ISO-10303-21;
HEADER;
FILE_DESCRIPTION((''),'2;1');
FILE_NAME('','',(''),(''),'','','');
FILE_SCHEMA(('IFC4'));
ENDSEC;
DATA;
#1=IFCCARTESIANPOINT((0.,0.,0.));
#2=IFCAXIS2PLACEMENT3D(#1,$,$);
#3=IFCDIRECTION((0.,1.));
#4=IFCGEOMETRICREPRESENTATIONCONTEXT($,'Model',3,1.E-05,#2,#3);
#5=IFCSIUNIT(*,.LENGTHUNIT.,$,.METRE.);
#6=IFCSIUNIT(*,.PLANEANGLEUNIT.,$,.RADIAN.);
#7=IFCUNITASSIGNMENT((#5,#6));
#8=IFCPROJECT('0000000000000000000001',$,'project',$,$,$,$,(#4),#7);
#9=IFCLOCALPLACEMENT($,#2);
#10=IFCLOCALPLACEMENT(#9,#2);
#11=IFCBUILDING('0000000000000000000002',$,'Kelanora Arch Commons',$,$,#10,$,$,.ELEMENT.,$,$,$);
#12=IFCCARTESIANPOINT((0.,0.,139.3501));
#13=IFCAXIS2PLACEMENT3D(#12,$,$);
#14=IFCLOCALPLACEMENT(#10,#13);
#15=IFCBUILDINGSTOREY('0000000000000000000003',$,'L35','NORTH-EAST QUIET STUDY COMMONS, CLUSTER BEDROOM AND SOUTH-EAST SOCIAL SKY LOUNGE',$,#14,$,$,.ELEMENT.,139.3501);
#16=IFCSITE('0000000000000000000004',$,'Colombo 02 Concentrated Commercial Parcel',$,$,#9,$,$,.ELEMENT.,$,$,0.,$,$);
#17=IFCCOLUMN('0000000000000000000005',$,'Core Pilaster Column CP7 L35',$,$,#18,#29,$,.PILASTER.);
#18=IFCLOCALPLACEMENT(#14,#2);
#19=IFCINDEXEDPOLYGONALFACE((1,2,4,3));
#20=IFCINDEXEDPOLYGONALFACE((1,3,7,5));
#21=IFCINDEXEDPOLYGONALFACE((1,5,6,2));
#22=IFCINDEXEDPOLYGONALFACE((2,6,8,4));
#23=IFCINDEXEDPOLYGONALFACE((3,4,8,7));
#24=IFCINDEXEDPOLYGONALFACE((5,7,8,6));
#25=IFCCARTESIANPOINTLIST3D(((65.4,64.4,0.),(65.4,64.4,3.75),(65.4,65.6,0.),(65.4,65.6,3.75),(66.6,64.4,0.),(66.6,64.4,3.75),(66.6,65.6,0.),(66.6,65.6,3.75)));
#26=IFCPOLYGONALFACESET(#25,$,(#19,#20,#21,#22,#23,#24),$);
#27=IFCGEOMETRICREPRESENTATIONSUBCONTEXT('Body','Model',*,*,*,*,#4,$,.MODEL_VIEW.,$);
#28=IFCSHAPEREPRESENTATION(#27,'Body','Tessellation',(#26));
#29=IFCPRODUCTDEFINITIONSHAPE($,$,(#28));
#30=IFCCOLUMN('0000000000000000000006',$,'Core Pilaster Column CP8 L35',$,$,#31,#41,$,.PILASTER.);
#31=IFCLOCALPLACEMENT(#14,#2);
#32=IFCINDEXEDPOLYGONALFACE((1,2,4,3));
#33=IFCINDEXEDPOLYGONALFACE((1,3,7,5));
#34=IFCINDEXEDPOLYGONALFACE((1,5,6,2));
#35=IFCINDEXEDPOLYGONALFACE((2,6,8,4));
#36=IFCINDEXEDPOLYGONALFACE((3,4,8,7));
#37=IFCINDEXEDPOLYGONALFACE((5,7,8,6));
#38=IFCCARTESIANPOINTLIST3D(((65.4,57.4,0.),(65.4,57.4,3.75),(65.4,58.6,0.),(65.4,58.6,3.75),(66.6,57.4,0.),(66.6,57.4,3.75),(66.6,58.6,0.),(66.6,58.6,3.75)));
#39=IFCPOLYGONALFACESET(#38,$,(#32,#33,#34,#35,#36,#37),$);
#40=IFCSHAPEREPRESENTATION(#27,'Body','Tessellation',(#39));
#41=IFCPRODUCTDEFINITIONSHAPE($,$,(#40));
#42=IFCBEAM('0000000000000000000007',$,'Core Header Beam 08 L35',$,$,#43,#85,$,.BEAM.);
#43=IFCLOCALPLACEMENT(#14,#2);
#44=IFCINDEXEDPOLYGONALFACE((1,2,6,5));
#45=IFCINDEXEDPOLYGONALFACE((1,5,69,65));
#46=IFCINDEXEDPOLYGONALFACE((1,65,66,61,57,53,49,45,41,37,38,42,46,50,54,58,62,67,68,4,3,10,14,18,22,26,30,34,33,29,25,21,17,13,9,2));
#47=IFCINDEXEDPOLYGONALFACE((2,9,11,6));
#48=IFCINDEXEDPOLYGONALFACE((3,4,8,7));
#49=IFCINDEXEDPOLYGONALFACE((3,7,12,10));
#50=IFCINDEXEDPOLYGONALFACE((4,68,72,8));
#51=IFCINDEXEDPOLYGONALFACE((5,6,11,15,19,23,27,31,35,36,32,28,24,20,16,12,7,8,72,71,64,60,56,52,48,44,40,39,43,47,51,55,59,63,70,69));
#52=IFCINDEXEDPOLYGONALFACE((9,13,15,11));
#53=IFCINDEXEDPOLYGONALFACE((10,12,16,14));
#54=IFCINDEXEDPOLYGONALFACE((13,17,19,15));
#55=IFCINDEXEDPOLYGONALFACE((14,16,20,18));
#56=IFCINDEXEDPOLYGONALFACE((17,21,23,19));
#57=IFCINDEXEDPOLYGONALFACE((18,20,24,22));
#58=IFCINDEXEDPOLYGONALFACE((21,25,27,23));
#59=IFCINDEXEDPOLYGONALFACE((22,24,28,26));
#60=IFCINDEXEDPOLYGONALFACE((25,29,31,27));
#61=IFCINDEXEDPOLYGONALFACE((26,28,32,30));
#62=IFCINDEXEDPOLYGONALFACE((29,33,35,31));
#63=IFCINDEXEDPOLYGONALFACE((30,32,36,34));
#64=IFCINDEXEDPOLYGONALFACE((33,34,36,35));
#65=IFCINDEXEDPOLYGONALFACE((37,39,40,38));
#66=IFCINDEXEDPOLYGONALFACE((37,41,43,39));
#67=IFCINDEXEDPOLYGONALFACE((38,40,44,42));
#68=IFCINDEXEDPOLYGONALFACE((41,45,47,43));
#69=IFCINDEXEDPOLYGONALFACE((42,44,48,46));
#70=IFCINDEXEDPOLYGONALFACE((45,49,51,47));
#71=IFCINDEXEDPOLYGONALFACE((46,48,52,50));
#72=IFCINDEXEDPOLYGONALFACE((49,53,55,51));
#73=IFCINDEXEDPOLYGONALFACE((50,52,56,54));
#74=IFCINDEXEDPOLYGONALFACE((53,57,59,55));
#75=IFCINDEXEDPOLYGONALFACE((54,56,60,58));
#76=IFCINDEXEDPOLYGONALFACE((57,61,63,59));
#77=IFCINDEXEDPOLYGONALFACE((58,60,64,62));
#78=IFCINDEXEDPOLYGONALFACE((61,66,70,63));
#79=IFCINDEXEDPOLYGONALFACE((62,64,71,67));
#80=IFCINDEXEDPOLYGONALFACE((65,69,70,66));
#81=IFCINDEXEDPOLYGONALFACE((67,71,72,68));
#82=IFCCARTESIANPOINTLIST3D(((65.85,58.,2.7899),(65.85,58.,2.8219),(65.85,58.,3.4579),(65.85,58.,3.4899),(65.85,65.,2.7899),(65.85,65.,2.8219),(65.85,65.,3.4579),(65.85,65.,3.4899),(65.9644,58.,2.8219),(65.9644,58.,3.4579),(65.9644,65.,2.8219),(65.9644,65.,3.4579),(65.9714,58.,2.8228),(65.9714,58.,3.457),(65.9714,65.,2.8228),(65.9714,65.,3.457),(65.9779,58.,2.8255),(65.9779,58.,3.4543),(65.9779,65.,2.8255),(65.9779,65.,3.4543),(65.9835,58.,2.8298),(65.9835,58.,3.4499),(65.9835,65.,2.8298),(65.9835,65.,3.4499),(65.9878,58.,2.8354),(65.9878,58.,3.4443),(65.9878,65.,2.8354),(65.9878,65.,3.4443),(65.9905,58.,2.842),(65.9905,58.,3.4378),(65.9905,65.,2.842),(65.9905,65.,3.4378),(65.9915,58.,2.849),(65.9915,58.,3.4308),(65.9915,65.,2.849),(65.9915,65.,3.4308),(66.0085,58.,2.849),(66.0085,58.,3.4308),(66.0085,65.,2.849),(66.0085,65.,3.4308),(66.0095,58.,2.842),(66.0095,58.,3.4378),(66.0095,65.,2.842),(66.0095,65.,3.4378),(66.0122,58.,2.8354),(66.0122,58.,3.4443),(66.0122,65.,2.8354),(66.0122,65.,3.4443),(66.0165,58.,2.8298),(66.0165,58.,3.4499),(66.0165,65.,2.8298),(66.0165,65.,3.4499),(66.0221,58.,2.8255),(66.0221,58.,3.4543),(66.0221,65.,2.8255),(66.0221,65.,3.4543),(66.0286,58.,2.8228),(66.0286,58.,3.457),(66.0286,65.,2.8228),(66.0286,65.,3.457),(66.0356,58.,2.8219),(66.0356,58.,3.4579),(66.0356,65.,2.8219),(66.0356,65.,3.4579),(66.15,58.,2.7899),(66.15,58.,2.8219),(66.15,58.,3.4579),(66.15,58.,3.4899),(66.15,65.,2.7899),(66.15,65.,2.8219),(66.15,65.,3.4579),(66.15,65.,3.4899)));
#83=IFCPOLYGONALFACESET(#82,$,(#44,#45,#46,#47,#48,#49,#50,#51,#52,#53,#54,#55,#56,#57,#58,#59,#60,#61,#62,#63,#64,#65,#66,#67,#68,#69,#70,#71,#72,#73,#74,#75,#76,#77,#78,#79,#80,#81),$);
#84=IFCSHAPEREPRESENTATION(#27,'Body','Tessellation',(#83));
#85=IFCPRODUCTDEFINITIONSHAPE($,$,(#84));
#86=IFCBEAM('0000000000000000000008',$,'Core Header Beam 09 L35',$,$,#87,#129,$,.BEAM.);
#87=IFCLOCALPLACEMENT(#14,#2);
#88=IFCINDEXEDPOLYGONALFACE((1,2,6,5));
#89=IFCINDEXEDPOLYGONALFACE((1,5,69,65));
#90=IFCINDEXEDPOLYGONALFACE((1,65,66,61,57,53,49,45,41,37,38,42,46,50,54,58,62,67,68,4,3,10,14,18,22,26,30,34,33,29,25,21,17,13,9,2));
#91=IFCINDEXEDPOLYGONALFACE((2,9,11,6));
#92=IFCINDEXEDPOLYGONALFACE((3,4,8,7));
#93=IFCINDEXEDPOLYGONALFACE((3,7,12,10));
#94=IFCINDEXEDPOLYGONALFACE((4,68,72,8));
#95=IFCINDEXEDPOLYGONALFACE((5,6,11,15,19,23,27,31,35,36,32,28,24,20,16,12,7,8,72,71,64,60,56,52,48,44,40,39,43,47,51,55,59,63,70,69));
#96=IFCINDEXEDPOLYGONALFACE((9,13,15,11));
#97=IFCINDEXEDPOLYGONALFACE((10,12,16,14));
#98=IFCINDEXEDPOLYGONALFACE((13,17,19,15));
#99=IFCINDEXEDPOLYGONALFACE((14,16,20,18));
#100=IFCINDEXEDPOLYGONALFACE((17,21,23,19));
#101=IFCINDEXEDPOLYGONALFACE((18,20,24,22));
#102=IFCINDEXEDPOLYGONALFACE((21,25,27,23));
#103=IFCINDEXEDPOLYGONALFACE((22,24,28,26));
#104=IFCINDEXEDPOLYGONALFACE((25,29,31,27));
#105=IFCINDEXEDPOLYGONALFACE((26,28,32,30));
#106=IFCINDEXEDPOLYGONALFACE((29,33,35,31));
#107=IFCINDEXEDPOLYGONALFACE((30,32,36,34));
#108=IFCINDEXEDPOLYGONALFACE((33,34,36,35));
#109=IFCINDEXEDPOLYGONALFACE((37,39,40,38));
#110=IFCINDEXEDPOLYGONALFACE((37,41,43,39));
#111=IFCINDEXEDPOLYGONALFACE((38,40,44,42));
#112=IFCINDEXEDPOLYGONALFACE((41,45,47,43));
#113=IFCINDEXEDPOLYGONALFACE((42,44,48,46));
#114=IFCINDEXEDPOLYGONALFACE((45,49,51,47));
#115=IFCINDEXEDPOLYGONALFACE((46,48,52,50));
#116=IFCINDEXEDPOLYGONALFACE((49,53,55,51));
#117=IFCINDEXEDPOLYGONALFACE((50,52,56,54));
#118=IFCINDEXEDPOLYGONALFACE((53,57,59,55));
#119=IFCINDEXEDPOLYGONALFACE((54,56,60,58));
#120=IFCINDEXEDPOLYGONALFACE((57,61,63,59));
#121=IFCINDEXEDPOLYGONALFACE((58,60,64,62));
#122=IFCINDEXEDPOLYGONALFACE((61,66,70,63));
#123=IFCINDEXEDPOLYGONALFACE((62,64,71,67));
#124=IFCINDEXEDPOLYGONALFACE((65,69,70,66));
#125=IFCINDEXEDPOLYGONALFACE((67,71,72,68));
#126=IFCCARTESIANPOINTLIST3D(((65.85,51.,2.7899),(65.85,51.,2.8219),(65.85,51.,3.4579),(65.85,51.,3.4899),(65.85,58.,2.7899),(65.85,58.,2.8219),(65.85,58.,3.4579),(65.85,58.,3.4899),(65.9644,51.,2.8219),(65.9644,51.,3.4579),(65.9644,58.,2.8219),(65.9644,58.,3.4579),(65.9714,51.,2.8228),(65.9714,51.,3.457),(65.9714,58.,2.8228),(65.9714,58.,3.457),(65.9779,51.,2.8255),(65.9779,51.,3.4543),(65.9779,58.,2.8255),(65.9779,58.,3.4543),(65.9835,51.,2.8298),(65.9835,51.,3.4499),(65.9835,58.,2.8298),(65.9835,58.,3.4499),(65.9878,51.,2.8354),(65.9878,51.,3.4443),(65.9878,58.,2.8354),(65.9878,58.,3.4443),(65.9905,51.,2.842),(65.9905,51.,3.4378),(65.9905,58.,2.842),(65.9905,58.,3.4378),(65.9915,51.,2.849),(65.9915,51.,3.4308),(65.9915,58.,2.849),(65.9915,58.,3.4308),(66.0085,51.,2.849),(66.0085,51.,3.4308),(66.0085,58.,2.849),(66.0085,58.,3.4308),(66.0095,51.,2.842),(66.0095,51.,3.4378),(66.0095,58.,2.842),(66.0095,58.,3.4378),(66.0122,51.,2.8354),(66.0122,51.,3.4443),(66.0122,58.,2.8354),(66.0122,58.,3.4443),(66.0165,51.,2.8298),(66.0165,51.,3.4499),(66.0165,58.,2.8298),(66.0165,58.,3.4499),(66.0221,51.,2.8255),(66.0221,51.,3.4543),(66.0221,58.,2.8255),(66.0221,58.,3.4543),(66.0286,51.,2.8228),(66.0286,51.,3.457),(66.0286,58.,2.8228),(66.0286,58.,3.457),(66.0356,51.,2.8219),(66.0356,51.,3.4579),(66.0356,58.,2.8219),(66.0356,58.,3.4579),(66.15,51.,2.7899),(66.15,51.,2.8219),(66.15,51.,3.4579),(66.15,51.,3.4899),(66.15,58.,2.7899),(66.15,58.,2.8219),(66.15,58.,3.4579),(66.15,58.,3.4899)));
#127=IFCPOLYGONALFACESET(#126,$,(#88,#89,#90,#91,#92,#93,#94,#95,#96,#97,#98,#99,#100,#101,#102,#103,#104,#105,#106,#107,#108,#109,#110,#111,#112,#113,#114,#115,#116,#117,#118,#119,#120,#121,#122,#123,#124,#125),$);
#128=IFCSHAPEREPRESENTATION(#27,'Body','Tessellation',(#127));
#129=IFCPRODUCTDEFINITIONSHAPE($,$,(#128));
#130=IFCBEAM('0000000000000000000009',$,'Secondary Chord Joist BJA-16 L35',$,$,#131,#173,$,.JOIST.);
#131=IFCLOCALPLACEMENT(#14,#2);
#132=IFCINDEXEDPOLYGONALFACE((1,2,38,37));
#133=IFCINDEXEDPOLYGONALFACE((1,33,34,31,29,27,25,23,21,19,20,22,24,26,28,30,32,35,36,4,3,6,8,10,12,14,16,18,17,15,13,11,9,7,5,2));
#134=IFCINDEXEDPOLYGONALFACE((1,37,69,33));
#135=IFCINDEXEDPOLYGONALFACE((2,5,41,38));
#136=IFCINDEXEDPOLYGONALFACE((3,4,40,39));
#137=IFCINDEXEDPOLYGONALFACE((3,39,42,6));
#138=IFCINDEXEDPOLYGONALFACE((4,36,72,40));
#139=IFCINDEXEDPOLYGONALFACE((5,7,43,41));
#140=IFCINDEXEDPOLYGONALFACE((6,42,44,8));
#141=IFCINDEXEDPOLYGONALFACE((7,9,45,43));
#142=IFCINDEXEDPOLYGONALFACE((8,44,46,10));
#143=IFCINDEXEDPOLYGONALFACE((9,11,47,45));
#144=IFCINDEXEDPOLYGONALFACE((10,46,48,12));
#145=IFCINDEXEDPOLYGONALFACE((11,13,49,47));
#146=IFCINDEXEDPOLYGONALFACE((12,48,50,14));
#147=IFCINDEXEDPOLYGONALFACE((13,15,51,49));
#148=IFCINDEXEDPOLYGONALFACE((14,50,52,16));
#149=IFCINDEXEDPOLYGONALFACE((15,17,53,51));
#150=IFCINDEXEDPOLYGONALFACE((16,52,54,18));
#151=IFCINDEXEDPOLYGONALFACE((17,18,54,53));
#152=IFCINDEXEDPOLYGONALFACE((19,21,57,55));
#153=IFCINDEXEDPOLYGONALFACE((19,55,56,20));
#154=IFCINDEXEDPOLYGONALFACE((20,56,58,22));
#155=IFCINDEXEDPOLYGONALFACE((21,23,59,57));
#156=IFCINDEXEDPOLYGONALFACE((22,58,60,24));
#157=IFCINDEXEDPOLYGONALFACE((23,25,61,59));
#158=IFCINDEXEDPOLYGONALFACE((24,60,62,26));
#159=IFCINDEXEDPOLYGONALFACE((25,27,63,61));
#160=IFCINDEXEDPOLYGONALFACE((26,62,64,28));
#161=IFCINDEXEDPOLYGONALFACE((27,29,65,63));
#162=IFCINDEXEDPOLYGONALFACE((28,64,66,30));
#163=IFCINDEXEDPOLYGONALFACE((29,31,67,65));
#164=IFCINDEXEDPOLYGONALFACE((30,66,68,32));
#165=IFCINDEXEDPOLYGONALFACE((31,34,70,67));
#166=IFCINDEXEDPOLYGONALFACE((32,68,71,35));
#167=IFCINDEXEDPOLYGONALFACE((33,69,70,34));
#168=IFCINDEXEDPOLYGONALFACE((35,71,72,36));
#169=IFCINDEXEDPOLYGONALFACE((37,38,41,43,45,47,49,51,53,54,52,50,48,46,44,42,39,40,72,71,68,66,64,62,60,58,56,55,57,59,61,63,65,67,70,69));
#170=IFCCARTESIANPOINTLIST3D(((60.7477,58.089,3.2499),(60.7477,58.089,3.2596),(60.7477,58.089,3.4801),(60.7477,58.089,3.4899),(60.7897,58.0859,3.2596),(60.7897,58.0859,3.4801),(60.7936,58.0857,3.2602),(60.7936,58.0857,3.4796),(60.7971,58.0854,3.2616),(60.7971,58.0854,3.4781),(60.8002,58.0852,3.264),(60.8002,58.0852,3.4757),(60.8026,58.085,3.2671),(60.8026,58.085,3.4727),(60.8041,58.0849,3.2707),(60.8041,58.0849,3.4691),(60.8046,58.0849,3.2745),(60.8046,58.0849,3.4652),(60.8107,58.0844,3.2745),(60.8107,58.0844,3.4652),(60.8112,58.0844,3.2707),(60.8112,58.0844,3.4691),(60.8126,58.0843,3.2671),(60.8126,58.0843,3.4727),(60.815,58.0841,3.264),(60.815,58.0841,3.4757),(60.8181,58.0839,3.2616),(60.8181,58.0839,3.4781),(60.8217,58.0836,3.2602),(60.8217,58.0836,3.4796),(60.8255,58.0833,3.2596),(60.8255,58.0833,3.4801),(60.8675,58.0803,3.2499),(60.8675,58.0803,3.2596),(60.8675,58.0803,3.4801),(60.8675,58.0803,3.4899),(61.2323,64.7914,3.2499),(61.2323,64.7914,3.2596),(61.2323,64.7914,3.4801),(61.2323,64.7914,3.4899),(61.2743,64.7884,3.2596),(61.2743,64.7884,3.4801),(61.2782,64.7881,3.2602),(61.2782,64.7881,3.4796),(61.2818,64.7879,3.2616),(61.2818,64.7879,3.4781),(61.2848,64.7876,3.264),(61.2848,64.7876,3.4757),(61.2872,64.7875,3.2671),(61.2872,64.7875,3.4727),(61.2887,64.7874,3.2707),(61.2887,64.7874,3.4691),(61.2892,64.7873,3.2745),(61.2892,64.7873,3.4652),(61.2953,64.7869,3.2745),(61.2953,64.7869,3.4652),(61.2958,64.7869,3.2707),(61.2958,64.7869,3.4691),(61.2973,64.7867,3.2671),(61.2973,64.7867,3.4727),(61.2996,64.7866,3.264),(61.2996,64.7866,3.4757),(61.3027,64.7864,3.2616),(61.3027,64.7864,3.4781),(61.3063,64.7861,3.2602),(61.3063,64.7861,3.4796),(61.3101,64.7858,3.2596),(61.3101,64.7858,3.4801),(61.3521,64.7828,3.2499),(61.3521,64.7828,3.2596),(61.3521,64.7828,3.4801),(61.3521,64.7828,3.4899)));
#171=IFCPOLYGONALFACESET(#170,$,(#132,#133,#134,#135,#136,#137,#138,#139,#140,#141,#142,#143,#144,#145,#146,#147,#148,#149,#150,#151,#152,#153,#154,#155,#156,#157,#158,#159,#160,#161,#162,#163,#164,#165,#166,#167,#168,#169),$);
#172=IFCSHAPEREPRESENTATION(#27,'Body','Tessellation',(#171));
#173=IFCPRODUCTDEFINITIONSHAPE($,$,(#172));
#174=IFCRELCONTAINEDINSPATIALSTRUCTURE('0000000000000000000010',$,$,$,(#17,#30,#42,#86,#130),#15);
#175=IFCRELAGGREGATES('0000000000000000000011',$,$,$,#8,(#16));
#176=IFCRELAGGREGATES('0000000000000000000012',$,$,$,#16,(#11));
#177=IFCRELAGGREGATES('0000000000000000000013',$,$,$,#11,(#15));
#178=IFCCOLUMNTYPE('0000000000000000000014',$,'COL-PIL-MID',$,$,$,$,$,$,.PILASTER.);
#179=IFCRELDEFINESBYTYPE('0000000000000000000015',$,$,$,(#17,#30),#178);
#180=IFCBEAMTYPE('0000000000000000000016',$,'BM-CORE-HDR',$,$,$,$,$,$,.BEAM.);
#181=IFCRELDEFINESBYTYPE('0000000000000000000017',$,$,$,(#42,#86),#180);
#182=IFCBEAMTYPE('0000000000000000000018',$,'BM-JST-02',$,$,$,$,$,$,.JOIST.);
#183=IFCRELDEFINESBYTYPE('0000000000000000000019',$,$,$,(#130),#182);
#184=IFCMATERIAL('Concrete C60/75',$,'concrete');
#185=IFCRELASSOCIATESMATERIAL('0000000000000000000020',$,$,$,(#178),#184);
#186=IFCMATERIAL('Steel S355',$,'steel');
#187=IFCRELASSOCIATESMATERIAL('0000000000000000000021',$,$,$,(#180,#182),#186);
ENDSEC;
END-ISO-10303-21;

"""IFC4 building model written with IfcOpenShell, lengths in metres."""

from ifc_helpers import new_model, si_unit, direction, frame, origin, origin_2d, place, context, subcontext, project, spatial, rectangle, i_section, extrude, material, material_profile, profile_set, type_object, element, save


model = new_model("IFC4")

# Units and contexts
model_context = context("Model", 3, precision=1e-05, world=origin(), true_north=direction((0.0, 1.0)))
body_context = subcontext(model_context, "Body", "Model", "MODEL_VIEW")
ifc_project = project(units=[si_unit("LENGTHUNIT", "METRE"), si_unit("PLANEANGLEUNIT", "RADIAN")], contexts=[model_context])

# Site, building, storey
site_placement = place(None, origin())
site = spatial("IfcSite", under=ifc_project, at=site_placement, Name="Colombo 02 Concentrated Commercial Parcel", CompositionType="ELEMENT", RefElevation=0.0)
building_placement = place(site_placement, origin())
building = spatial("IfcBuilding", under=site, at=building_placement, Name="Kelanora Arch Commons", CompositionType="ELEMENT")
storey_placement = place(building_placement, frame((0.0, 0.0, 139.3501)))
storey = spatial("IfcBuildingStorey", under=building, at=storey_placement, Name="L35", Description="NORTH-EAST QUIET STUDY COMMONS, CLUSTER BEDROOM AND SOUTH-EAST SOCIAL SKY LOUNGE", CompositionType="ELEMENT", Elevation=139.3501)

# Columns
ifc_material_1 = material(Name="Concrete C60/75", Category="concrete")
ifc_material_profile_1 = material_profile(ifc_material_1, rectangle(XDim=1.2, YDim=1.2, at=origin_2d()), Name="RC1200x1200")
ifc_profile_set_1 = profile_set([ifc_material_profile_1], Name="Concrete C60/75")
column_type = type_object("IfcColumnType", Name="COL-PIL-MID", PredefinedType="PILASTER", material=ifc_profile_set_1)
for number, where, z_axis, x_axis, name in (
    (1, (66.0, 65.0, 0.0), (0.0, 0.0, 1.0), (1.0, 0.0, 0.0), "Core Pilaster Column CP7 L35"),
    (2, (66.0, 58.0, 0.0), (0.0, 0.0, 1.0), (1.0, 0.0, 0.0), "Core Pilaster Column CP8 L35"),
):
    element("IfcColumn", number, at=place(storey_placement, frame(where, z_axis=z_axis, x_axis=x_axis)), inside=storey, type_object=column_type, Name=name, PredefinedType="PILASTER", context=body_context, shape_type="SweptSolid", body=[
        extrude(rectangle(XDim=1.2, YDim=1.2, at=origin_2d()), origin(), (0.0, 0.0, 1.0), 3.75),
    ])

# Beams
ifc_material_2 = material(Name="Steel S355", Category="steel")
ifc_material_profile_2 = material_profile(ifc_material_2, i_section(OverallWidth=0.3, OverallDepth=0.7, WebThickness=0.0171, FlangeThickness=0.032, FilletRadius=0.0271, at=origin_2d()), Name="HEB700")
ifc_profile_set_2 = profile_set([ifc_material_profile_2], Name="Steel S355")
beam_type_1 = type_object("IfcBeamType", Name="BM-CORE-HDR", PredefinedType="BEAM", material=ifc_profile_set_2)
for number, where, z_axis, x_axis, name in (
    (3, (66.0, 65.0, 3.1399), (0.0, -1.0, 0.0), (1.0, 0.0, 0.0), "Core Header Beam 08 L35"),
    (4, (66.0, 58.0, 3.1399), (0.0, -1.0, 0.0), (1.0, 0.0, 0.0), "Core Header Beam 09 L35"),
):
    element("IfcBeam", number, at=place(storey_placement, frame(where, z_axis=z_axis, x_axis=x_axis)), inside=storey, type_object=beam_type_1, Name=name, PredefinedType="BEAM", context=body_context, shape_type="SweptSolid", body=[
        extrude(i_section(OverallWidth=0.3, OverallDepth=0.7, WebThickness=0.0171, FlangeThickness=0.032, FilletRadius=0.0271, at=origin_2d()), origin(), (0.0, 0.0, 1.0), 7.0),
    ])
ifc_material_profile_3 = material_profile(ifc_material_2, i_section(OverallWidth=0.1201, OverallDepth=0.24, WebThickness=0.0061, FlangeThickness=0.0098, FilletRadius=0.0149, at=origin_2d()), Name="IPE240")
ifc_profile_set_3 = profile_set([ifc_material_profile_3], Name="Steel S355")
beam_type_2 = type_object("IfcBeamType", Name="BM-JST-02", PredefinedType="JOIST", material=ifc_profile_set_3)
beam_1_placement = place(storey_placement, frame((61.2922, 64.7871, 3.3699), z_axis=(-0.072117, -0.997396, 0.0), x_axis=(0.997396, -0.072117, 0.0)))
element("IfcBeam", 5, at=beam_1_placement, inside=storey, type_object=beam_type_2, Name="Secondary Chord Joist BJA-16 L35", PredefinedType="JOIST", context=body_context, shape_type="SweptSolid", body=[
    extrude(i_section(OverallWidth=0.1201, OverallDepth=0.24, WebThickness=0.0061, FlangeThickness=0.0098, FilletRadius=0.0149, at=origin_2d()), origin(), (0.0, 0.0, 1.0), 6.72),
])

save(model, "model.ifc")
